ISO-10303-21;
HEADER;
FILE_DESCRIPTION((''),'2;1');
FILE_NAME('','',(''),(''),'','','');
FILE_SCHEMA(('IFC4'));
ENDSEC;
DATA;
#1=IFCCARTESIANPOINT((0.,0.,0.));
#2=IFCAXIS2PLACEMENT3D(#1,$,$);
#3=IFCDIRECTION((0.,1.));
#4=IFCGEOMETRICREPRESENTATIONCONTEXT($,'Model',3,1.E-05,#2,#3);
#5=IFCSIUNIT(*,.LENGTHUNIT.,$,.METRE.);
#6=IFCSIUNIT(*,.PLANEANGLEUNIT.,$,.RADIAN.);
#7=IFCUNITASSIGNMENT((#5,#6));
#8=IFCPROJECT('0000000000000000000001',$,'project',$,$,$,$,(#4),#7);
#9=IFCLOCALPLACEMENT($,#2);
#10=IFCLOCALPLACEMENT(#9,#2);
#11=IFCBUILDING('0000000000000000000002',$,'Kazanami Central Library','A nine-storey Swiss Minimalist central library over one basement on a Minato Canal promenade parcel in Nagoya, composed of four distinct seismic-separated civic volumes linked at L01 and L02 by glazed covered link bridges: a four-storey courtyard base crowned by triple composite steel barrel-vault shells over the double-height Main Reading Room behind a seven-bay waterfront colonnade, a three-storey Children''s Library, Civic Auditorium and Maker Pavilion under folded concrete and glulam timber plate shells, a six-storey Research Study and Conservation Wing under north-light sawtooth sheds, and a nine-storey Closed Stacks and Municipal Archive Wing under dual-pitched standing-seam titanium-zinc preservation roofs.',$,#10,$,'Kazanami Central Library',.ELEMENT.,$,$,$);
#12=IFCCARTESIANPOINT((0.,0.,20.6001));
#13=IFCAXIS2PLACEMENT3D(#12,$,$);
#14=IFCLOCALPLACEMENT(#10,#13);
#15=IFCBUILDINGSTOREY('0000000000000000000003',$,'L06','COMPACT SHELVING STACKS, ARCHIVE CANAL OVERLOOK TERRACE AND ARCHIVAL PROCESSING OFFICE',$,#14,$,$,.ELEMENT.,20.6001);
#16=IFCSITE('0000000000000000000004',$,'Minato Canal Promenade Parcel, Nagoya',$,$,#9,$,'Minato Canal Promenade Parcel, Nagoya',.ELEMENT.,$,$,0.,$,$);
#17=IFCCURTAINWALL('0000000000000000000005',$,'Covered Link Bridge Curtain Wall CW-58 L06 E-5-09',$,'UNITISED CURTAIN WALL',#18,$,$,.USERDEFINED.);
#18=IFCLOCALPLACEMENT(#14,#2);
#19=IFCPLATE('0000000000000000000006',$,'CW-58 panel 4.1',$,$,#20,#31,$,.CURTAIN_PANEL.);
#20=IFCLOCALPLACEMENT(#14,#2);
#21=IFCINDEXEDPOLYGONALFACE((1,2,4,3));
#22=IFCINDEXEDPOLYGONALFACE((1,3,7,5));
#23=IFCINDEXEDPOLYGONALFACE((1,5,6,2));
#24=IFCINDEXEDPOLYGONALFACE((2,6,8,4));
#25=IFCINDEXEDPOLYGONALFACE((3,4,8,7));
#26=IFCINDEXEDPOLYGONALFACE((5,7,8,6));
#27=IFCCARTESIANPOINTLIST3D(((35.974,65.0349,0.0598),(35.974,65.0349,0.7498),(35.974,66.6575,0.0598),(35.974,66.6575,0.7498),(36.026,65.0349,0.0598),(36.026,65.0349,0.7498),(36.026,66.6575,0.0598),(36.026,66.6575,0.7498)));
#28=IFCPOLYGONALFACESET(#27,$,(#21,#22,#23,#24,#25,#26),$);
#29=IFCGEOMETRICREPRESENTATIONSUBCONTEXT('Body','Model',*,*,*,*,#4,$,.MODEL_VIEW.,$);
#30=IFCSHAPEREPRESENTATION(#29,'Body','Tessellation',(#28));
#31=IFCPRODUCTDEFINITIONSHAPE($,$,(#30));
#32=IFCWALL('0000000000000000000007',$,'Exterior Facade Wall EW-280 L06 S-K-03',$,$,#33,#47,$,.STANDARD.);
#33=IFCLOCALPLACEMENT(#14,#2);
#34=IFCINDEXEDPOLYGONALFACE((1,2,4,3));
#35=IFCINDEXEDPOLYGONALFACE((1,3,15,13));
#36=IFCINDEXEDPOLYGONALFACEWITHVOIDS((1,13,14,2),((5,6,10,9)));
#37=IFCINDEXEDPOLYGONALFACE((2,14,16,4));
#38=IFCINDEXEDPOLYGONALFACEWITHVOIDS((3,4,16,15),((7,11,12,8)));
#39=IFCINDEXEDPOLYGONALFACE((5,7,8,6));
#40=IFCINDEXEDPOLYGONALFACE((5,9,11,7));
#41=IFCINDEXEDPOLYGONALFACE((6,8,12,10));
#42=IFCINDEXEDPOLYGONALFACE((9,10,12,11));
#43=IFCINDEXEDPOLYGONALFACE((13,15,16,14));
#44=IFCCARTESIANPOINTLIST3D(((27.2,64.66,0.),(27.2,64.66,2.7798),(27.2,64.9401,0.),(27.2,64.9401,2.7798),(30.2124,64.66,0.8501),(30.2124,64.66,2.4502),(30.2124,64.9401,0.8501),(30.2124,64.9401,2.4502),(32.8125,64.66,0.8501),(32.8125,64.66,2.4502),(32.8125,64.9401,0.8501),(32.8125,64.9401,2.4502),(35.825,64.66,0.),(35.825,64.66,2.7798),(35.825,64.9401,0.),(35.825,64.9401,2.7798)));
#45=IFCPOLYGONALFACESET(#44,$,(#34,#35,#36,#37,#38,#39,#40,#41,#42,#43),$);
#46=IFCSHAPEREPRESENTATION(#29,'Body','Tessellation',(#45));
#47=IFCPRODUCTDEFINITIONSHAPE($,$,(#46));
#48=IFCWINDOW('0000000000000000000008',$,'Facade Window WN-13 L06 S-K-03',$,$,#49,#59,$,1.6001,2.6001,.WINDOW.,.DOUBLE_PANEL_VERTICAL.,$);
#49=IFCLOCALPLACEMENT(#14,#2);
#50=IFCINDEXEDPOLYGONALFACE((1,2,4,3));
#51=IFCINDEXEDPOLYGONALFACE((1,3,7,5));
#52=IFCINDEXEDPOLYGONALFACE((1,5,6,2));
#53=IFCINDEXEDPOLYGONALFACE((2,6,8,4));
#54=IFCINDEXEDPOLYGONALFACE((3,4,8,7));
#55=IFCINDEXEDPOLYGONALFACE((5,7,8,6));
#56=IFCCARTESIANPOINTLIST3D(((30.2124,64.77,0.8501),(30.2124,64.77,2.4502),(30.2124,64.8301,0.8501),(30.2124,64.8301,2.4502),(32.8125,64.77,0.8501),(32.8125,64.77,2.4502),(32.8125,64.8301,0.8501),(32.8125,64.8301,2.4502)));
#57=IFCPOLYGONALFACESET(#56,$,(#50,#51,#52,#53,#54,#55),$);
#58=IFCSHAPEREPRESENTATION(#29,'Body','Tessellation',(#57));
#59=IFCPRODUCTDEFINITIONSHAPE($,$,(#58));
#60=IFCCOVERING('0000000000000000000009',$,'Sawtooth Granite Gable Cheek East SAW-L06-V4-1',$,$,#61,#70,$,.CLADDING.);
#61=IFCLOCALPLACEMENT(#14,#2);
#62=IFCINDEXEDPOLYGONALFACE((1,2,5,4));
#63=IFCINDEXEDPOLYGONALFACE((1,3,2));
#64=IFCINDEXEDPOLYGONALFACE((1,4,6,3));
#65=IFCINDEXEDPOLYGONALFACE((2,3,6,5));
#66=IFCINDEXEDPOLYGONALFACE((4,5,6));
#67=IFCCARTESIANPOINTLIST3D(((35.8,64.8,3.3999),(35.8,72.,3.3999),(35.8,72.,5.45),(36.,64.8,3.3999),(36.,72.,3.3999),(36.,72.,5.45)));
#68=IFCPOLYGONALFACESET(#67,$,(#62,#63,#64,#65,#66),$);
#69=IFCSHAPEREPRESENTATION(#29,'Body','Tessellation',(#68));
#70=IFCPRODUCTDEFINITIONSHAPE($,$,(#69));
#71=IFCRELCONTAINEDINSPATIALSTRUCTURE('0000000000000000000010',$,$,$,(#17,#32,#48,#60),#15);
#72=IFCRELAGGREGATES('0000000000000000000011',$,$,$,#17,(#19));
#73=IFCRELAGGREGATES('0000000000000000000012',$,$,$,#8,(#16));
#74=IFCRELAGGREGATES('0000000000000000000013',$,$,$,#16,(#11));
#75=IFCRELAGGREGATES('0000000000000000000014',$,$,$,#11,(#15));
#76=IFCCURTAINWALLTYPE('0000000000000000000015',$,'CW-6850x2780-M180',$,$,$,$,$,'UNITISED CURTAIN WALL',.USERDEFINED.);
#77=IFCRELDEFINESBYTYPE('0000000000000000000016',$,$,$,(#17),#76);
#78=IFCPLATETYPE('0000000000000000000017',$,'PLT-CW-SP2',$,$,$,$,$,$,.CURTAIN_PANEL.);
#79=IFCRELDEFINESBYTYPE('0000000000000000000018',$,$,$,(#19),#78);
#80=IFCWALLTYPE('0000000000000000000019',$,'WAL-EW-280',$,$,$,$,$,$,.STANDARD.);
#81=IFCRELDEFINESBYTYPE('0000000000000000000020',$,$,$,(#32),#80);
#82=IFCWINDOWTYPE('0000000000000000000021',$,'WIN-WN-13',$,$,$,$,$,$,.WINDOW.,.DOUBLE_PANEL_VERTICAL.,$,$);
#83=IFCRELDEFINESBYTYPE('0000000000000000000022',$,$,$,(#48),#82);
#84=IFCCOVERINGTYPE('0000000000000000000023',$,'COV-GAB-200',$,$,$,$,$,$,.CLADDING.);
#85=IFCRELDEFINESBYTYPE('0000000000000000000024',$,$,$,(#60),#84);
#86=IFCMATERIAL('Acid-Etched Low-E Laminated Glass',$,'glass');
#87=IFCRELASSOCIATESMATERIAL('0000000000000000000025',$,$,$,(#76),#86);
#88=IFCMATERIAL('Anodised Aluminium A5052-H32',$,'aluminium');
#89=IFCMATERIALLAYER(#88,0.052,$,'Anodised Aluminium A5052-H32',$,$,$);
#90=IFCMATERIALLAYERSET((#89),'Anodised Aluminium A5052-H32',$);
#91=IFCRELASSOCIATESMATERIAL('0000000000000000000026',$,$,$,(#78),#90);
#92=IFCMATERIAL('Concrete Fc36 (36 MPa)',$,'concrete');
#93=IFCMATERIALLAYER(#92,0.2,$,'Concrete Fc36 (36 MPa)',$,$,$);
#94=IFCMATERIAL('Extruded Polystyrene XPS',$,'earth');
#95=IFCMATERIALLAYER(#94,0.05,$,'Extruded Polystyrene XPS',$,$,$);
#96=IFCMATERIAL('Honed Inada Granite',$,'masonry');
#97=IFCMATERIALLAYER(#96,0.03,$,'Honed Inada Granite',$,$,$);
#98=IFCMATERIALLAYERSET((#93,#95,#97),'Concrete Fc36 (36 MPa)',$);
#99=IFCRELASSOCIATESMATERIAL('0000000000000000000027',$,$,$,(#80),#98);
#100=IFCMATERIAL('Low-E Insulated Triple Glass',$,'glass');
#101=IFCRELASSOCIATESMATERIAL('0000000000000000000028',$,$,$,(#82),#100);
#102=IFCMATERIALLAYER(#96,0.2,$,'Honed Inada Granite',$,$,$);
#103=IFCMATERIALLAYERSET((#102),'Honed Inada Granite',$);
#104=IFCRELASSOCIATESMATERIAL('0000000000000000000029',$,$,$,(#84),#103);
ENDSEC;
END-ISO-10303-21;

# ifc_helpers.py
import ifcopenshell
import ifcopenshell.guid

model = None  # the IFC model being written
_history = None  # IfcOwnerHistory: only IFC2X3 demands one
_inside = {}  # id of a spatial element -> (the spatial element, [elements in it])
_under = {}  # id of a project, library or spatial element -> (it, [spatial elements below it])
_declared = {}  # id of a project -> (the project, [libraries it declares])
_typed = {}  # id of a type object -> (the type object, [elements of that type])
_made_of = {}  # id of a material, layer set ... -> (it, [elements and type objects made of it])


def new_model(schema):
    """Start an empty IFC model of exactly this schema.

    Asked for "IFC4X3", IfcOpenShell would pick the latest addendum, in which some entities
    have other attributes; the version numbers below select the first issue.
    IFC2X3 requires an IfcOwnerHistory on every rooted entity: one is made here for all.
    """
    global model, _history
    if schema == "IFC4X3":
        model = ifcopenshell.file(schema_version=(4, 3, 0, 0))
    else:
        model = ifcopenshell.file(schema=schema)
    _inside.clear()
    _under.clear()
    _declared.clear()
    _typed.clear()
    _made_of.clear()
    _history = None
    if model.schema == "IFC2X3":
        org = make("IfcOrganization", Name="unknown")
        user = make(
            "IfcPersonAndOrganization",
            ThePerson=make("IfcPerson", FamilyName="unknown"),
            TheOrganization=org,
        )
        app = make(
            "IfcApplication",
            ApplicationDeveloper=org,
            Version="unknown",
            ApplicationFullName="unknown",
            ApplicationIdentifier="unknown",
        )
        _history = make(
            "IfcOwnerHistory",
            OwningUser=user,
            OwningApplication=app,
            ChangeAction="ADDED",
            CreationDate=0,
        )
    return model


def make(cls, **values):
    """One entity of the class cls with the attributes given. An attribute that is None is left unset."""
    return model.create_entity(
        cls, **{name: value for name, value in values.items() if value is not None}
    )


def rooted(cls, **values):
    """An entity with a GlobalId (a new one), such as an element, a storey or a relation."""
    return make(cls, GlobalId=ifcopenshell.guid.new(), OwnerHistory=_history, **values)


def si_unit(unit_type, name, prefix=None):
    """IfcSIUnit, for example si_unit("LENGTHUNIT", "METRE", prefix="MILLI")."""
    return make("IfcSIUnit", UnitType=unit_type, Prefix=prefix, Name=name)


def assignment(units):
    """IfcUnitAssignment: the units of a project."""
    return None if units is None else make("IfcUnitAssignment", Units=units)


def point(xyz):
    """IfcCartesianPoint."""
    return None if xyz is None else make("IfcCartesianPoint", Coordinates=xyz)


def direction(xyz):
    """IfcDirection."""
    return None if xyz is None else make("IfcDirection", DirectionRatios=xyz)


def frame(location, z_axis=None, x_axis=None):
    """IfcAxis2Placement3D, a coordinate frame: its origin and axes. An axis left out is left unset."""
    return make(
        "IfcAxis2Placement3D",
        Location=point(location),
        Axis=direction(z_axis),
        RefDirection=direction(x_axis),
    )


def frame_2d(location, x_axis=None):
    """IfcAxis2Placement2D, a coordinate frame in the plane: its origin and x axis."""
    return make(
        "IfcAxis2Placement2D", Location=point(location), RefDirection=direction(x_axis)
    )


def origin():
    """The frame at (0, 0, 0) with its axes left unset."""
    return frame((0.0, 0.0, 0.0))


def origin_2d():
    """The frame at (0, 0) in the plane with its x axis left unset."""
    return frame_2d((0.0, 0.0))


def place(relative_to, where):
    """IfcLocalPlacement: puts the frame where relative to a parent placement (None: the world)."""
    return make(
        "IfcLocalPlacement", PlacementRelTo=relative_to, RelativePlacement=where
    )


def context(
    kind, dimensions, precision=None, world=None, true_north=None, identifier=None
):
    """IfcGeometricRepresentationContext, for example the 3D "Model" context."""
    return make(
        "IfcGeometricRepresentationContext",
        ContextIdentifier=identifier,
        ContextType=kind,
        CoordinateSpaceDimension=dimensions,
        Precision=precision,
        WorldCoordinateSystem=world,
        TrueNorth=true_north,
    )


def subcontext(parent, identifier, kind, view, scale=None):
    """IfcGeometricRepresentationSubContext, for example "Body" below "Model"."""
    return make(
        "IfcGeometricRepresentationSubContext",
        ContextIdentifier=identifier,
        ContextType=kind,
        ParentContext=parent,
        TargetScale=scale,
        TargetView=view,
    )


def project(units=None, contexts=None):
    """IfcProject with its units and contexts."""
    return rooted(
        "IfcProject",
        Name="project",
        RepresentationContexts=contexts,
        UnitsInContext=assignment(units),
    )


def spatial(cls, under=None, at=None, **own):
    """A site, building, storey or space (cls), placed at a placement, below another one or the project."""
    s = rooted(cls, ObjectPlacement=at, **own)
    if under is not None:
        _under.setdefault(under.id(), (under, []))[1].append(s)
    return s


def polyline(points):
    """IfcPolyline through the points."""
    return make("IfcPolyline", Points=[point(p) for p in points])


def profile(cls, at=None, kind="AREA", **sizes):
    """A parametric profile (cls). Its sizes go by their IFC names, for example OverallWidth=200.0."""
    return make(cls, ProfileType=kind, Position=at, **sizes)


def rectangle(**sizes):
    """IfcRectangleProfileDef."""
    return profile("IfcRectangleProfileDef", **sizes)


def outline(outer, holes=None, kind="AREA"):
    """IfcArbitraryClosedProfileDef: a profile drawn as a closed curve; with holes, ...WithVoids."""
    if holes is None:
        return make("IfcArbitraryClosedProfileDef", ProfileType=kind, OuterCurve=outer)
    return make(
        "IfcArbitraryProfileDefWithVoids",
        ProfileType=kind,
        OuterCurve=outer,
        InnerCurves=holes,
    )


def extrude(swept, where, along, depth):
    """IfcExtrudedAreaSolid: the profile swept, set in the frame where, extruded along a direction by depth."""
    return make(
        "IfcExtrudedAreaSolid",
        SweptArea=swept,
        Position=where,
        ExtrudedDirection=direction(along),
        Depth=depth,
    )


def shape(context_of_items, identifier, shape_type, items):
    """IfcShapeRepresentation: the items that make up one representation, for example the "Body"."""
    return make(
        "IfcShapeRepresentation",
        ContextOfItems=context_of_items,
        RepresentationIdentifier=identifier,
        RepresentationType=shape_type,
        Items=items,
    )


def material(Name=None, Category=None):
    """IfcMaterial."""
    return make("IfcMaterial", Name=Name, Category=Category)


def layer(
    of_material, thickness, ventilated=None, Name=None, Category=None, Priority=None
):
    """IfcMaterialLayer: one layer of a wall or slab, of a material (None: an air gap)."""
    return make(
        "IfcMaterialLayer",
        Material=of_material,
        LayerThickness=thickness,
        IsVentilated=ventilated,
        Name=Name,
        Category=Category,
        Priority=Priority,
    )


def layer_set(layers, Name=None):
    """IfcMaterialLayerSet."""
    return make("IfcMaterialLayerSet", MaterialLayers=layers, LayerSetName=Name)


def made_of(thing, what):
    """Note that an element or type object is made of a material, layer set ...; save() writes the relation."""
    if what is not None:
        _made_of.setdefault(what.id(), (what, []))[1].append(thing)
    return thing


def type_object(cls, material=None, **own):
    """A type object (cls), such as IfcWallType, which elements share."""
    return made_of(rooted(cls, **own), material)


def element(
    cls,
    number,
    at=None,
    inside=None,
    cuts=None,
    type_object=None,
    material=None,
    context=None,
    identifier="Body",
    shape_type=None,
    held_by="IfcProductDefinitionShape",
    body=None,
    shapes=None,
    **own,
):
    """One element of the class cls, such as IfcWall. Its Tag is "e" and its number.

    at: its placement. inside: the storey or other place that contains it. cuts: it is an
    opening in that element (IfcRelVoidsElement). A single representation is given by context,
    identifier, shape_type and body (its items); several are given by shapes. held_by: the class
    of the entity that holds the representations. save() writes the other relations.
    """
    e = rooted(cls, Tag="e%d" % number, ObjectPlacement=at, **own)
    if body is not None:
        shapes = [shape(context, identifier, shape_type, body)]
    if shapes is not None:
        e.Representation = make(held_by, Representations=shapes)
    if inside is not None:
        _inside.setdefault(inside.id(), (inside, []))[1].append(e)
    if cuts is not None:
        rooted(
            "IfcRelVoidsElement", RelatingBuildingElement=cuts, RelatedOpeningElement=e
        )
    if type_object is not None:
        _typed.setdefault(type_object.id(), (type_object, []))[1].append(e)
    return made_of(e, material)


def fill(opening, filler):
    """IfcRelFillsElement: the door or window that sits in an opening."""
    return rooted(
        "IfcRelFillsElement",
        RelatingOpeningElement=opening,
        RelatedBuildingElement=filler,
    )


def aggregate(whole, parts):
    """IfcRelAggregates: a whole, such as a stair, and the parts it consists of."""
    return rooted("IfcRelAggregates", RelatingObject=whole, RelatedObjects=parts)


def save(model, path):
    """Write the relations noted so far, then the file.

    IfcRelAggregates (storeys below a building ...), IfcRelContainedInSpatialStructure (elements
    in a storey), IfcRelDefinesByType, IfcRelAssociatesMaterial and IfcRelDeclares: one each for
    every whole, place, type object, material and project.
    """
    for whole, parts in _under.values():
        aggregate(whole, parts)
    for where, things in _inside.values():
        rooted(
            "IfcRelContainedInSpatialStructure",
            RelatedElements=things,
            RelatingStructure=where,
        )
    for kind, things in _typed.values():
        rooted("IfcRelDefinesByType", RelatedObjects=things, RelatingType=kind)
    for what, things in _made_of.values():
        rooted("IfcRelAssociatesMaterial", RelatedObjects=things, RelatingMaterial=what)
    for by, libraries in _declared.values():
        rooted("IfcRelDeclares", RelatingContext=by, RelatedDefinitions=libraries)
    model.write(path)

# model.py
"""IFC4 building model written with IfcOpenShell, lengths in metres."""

from ifc_helpers import new_model, si_unit, direction, frame, frame_2d, origin, origin_2d, place, context, subcontext, project, spatial, polyline, rectangle, outline, extrude, material, layer, layer_set, type_object, element, fill, aggregate, save


model = new_model("IFC4")

# Units and contexts
model_context = context("Model", 3, precision=1e-05, world=origin(), true_north=direction((0.0, 1.0)))
body_context = subcontext(model_context, "Body", "Model", "MODEL_VIEW")
ifc_project = project(units=[si_unit("LENGTHUNIT", "METRE"), si_unit("PLANEANGLEUNIT", "RADIAN")], contexts=[model_context])

# Site, building, storey
site_placement = place(None, origin())
site = spatial("IfcSite", under=ifc_project, at=site_placement, Name="Minato Canal Promenade Parcel, Nagoya", LongName="Minato Canal Promenade Parcel, Nagoya", CompositionType="ELEMENT", RefElevation=0.0)
building_placement = place(site_placement, origin())
building = spatial("IfcBuilding", under=site, at=building_placement, Name="Kazanami Central Library", Description="A nine-storey Swiss Minimalist central library over one basement on a Minato Canal promenade parcel in Nagoya, composed of four distinct seismic-separated civic volumes linked at L01 and L02 by glazed covered link bridges: a four-storey courtyard base crowned by triple composite steel barrel-vault shells over the double-height Main Reading Room behind a seven-bay waterfront colonnade, a three-storey Children's Library, Civic Auditorium and Maker Pavilion under folded concrete and glulam timber plate shells, a six-storey Research Study and Conservation Wing under north-light sawtooth sheds, and a nine-storey Closed Stacks and Municipal Archive Wing under dual-pitched standing-seam titanium-zinc preservation roofs.", LongName="Kazanami Central Library", CompositionType="ELEMENT")
storey_placement = place(building_placement, frame((0.0, 0.0, 20.6001)))
storey = spatial("IfcBuildingStorey", under=building, at=storey_placement, Name="L06", Description="COMPACT SHELVING STACKS, ARCHIVE CANAL OVERLOOK TERRACE AND ARCHIVAL PROCESSING OFFICE", CompositionType="ELEMENT", Elevation=20.6001)

# Curtain wall, plate
ifc_material_1 = material(Name="Acid-Etched Low-E Laminated Glass", Category="glass")
curtain_wall_type = type_object("IfcCurtainWallType", Name="CW-6850x2780-M180", ElementType="UNITISED CURTAIN WALL", PredefinedType="USERDEFINED", material=ifc_material_1)
curtain_wall_placement = place(storey_placement, origin())
curtain_wall = element("IfcCurtainWall", 1, at=curtain_wall_placement, inside=storey, type_object=curtain_wall_type, Name="Covered Link Bridge Curtain Wall CW-58 L06 E-5-09", ObjectType="UNITISED CURTAIN WALL", PredefinedType="USERDEFINED")
ifc_material_2 = material(Name="Low-E Insulated Triple Glass", Category="glass")
ifc_material_3 = material(Name="Anodised Aluminium A5052-H32", Category="aluminium")
ifc_layer_1 = layer(ifc_material_3, 0.052, Name="Anodised Aluminium A5052-H32")
ifc_layer_set_1 = layer_set([ifc_layer_1], Name="Anodised Aluminium A5052-H32")
plate_type_1 = type_object("IfcPlateType", Name="PLT-CW-SP2", PredefinedType="CURTAIN_PANEL", material=ifc_layer_set_1)
plate_1_placement = place(storey_placement, frame((36.0, 65.8462, 0.0598), z_axis=(0.0, 0.0, 1.0), x_axis=(0.0, -1.0, 0.0)))
plate_1 = element("IfcPlate", 2, at=plate_1_placement, type_object=plate_type_1, Name="CW-58 panel 4.1", PredefinedType="CURTAIN_PANEL", context=body_context, shape_type="SweptSolid", body=[
    extrude(rectangle(XDim=1.6226, YDim=0.052, at=origin_2d()), origin(), (0.0, 0.0, 1.0), 0.6899),
])
aggregate(curtain_wall, [plate_1])

# Wall, opening, window
ifc_material_4 = material(Name="Concrete Fc36 (36 MPa)", Category="concrete")
ifc_layer_2 = layer(ifc_material_4, 0.2, Name="Concrete Fc36 (36 MPa)")
ifc_material_5 = material(Name="Extruded Polystyrene XPS", Category="earth")
ifc_layer_3 = layer(ifc_material_5, 0.05, Name="Extruded Polystyrene XPS")
ifc_material_6 = material(Name="Honed Inada Granite", Category="masonry")
ifc_layer_4 = layer(ifc_material_6, 0.03, Name="Honed Inada Granite")
ifc_layer_set_2 = layer_set([ifc_layer_2, ifc_layer_3, ifc_layer_4], Name="Concrete Fc36 (36 MPa)")
wall_type = type_object("IfcWallType", Name="WAL-EW-280", PredefinedType="STANDARD", material=ifc_layer_set_2)
wall_placement = place(storey_placement, frame((27.2, 64.8, 0.0), z_axis=(0.0, 0.0, 1.0), x_axis=(1.0, 0.0, 0.0)))
wall = element("IfcWall", 3, at=wall_placement, inside=storey, type_object=wall_type, Name="Exterior Facade Wall EW-280 L06 S-K-03", PredefinedType="STANDARD", context=body_context, shape_type="SweptSolid", body=[
    extrude(rectangle(XDim=8.625, YDim=0.28, at=frame_2d((4.3125, 0.0))), origin(), (0.0, 0.0, 1.0), 2.7798),
])
opening_placement = place(wall_placement, frame((3.0125, 0.0, 0.8501)))
opening = element("IfcOpeningElement", 4, at=opening_placement, cuts=wall, PredefinedType="OPENING", context=body_context, shape_type="SweptSolid", body=[
    extrude(rectangle(XDim=2.6001, YDim=1.6001, at=frame_2d((1.3, 0.8))), frame((0.0, 0.1519, 0.0), z_axis=(0.0, -1.0, 0.0), x_axis=(1.0, 0.0, 0.0)), (0.0, 0.0, 1.0), 0.304),
])
window_type = type_object("IfcWindowType", Name="WIN-WN-13", PartitioningType="DOUBLE_PANEL_VERTICAL", PredefinedType="WINDOW", material=ifc_material_2)
window_placement = place(opening_placement, origin())
window = element("IfcWindow", 5, at=window_placement, inside=storey, type_object=window_type, Name="Facade Window WN-13 L06 S-K-03", OverallHeight=1.6001, OverallWidth=2.6001, PartitioningType="DOUBLE_PANEL_VERTICAL", PredefinedType="WINDOW", context=body_context, shape_type="SweptSolid", body=[
    extrude(rectangle(XDim=2.6001, YDim=1.6001, at=frame_2d((1.3, 0.8))), frame((0.0, 0.03, 0.0), z_axis=(0.0, -1.0, 0.0), x_axis=(1.0, 0.0, 0.0)), (0.0, 0.0, 1.0), 0.0601),
])
fill(opening, window)

# Covering
ifc_layer_5 = layer(ifc_material_6, 0.2, Name="Honed Inada Granite")
ifc_layer_set_3 = layer_set([ifc_layer_5], Name="Honed Inada Granite")
covering_type = type_object("IfcCoveringType", Name="COV-GAB-200", PredefinedType="CLADDING", material=ifc_layer_set_3)
covering_placement = place(storey_placement, frame((36.0, 64.8, 3.3999), z_axis=(1.0, 0.0, 0.0), x_axis=(0.0, 1.0, 0.0)))
element("IfcCovering", 6, at=covering_placement, inside=storey, type_object=covering_type, Name="Sawtooth Granite Gable Cheek East SAW-L06-V4-1", PredefinedType="CLADDING", context=body_context, shape_type="SweptSolid", body=[
    extrude(outline(polyline([(0.0, 0.0), (7.2, 0.0), (7.2, 2.05), (0.0, 0.0)])), origin(), (0.0, 0.0, -1.0), 0.2),
])

save(model, "model.ifc")
